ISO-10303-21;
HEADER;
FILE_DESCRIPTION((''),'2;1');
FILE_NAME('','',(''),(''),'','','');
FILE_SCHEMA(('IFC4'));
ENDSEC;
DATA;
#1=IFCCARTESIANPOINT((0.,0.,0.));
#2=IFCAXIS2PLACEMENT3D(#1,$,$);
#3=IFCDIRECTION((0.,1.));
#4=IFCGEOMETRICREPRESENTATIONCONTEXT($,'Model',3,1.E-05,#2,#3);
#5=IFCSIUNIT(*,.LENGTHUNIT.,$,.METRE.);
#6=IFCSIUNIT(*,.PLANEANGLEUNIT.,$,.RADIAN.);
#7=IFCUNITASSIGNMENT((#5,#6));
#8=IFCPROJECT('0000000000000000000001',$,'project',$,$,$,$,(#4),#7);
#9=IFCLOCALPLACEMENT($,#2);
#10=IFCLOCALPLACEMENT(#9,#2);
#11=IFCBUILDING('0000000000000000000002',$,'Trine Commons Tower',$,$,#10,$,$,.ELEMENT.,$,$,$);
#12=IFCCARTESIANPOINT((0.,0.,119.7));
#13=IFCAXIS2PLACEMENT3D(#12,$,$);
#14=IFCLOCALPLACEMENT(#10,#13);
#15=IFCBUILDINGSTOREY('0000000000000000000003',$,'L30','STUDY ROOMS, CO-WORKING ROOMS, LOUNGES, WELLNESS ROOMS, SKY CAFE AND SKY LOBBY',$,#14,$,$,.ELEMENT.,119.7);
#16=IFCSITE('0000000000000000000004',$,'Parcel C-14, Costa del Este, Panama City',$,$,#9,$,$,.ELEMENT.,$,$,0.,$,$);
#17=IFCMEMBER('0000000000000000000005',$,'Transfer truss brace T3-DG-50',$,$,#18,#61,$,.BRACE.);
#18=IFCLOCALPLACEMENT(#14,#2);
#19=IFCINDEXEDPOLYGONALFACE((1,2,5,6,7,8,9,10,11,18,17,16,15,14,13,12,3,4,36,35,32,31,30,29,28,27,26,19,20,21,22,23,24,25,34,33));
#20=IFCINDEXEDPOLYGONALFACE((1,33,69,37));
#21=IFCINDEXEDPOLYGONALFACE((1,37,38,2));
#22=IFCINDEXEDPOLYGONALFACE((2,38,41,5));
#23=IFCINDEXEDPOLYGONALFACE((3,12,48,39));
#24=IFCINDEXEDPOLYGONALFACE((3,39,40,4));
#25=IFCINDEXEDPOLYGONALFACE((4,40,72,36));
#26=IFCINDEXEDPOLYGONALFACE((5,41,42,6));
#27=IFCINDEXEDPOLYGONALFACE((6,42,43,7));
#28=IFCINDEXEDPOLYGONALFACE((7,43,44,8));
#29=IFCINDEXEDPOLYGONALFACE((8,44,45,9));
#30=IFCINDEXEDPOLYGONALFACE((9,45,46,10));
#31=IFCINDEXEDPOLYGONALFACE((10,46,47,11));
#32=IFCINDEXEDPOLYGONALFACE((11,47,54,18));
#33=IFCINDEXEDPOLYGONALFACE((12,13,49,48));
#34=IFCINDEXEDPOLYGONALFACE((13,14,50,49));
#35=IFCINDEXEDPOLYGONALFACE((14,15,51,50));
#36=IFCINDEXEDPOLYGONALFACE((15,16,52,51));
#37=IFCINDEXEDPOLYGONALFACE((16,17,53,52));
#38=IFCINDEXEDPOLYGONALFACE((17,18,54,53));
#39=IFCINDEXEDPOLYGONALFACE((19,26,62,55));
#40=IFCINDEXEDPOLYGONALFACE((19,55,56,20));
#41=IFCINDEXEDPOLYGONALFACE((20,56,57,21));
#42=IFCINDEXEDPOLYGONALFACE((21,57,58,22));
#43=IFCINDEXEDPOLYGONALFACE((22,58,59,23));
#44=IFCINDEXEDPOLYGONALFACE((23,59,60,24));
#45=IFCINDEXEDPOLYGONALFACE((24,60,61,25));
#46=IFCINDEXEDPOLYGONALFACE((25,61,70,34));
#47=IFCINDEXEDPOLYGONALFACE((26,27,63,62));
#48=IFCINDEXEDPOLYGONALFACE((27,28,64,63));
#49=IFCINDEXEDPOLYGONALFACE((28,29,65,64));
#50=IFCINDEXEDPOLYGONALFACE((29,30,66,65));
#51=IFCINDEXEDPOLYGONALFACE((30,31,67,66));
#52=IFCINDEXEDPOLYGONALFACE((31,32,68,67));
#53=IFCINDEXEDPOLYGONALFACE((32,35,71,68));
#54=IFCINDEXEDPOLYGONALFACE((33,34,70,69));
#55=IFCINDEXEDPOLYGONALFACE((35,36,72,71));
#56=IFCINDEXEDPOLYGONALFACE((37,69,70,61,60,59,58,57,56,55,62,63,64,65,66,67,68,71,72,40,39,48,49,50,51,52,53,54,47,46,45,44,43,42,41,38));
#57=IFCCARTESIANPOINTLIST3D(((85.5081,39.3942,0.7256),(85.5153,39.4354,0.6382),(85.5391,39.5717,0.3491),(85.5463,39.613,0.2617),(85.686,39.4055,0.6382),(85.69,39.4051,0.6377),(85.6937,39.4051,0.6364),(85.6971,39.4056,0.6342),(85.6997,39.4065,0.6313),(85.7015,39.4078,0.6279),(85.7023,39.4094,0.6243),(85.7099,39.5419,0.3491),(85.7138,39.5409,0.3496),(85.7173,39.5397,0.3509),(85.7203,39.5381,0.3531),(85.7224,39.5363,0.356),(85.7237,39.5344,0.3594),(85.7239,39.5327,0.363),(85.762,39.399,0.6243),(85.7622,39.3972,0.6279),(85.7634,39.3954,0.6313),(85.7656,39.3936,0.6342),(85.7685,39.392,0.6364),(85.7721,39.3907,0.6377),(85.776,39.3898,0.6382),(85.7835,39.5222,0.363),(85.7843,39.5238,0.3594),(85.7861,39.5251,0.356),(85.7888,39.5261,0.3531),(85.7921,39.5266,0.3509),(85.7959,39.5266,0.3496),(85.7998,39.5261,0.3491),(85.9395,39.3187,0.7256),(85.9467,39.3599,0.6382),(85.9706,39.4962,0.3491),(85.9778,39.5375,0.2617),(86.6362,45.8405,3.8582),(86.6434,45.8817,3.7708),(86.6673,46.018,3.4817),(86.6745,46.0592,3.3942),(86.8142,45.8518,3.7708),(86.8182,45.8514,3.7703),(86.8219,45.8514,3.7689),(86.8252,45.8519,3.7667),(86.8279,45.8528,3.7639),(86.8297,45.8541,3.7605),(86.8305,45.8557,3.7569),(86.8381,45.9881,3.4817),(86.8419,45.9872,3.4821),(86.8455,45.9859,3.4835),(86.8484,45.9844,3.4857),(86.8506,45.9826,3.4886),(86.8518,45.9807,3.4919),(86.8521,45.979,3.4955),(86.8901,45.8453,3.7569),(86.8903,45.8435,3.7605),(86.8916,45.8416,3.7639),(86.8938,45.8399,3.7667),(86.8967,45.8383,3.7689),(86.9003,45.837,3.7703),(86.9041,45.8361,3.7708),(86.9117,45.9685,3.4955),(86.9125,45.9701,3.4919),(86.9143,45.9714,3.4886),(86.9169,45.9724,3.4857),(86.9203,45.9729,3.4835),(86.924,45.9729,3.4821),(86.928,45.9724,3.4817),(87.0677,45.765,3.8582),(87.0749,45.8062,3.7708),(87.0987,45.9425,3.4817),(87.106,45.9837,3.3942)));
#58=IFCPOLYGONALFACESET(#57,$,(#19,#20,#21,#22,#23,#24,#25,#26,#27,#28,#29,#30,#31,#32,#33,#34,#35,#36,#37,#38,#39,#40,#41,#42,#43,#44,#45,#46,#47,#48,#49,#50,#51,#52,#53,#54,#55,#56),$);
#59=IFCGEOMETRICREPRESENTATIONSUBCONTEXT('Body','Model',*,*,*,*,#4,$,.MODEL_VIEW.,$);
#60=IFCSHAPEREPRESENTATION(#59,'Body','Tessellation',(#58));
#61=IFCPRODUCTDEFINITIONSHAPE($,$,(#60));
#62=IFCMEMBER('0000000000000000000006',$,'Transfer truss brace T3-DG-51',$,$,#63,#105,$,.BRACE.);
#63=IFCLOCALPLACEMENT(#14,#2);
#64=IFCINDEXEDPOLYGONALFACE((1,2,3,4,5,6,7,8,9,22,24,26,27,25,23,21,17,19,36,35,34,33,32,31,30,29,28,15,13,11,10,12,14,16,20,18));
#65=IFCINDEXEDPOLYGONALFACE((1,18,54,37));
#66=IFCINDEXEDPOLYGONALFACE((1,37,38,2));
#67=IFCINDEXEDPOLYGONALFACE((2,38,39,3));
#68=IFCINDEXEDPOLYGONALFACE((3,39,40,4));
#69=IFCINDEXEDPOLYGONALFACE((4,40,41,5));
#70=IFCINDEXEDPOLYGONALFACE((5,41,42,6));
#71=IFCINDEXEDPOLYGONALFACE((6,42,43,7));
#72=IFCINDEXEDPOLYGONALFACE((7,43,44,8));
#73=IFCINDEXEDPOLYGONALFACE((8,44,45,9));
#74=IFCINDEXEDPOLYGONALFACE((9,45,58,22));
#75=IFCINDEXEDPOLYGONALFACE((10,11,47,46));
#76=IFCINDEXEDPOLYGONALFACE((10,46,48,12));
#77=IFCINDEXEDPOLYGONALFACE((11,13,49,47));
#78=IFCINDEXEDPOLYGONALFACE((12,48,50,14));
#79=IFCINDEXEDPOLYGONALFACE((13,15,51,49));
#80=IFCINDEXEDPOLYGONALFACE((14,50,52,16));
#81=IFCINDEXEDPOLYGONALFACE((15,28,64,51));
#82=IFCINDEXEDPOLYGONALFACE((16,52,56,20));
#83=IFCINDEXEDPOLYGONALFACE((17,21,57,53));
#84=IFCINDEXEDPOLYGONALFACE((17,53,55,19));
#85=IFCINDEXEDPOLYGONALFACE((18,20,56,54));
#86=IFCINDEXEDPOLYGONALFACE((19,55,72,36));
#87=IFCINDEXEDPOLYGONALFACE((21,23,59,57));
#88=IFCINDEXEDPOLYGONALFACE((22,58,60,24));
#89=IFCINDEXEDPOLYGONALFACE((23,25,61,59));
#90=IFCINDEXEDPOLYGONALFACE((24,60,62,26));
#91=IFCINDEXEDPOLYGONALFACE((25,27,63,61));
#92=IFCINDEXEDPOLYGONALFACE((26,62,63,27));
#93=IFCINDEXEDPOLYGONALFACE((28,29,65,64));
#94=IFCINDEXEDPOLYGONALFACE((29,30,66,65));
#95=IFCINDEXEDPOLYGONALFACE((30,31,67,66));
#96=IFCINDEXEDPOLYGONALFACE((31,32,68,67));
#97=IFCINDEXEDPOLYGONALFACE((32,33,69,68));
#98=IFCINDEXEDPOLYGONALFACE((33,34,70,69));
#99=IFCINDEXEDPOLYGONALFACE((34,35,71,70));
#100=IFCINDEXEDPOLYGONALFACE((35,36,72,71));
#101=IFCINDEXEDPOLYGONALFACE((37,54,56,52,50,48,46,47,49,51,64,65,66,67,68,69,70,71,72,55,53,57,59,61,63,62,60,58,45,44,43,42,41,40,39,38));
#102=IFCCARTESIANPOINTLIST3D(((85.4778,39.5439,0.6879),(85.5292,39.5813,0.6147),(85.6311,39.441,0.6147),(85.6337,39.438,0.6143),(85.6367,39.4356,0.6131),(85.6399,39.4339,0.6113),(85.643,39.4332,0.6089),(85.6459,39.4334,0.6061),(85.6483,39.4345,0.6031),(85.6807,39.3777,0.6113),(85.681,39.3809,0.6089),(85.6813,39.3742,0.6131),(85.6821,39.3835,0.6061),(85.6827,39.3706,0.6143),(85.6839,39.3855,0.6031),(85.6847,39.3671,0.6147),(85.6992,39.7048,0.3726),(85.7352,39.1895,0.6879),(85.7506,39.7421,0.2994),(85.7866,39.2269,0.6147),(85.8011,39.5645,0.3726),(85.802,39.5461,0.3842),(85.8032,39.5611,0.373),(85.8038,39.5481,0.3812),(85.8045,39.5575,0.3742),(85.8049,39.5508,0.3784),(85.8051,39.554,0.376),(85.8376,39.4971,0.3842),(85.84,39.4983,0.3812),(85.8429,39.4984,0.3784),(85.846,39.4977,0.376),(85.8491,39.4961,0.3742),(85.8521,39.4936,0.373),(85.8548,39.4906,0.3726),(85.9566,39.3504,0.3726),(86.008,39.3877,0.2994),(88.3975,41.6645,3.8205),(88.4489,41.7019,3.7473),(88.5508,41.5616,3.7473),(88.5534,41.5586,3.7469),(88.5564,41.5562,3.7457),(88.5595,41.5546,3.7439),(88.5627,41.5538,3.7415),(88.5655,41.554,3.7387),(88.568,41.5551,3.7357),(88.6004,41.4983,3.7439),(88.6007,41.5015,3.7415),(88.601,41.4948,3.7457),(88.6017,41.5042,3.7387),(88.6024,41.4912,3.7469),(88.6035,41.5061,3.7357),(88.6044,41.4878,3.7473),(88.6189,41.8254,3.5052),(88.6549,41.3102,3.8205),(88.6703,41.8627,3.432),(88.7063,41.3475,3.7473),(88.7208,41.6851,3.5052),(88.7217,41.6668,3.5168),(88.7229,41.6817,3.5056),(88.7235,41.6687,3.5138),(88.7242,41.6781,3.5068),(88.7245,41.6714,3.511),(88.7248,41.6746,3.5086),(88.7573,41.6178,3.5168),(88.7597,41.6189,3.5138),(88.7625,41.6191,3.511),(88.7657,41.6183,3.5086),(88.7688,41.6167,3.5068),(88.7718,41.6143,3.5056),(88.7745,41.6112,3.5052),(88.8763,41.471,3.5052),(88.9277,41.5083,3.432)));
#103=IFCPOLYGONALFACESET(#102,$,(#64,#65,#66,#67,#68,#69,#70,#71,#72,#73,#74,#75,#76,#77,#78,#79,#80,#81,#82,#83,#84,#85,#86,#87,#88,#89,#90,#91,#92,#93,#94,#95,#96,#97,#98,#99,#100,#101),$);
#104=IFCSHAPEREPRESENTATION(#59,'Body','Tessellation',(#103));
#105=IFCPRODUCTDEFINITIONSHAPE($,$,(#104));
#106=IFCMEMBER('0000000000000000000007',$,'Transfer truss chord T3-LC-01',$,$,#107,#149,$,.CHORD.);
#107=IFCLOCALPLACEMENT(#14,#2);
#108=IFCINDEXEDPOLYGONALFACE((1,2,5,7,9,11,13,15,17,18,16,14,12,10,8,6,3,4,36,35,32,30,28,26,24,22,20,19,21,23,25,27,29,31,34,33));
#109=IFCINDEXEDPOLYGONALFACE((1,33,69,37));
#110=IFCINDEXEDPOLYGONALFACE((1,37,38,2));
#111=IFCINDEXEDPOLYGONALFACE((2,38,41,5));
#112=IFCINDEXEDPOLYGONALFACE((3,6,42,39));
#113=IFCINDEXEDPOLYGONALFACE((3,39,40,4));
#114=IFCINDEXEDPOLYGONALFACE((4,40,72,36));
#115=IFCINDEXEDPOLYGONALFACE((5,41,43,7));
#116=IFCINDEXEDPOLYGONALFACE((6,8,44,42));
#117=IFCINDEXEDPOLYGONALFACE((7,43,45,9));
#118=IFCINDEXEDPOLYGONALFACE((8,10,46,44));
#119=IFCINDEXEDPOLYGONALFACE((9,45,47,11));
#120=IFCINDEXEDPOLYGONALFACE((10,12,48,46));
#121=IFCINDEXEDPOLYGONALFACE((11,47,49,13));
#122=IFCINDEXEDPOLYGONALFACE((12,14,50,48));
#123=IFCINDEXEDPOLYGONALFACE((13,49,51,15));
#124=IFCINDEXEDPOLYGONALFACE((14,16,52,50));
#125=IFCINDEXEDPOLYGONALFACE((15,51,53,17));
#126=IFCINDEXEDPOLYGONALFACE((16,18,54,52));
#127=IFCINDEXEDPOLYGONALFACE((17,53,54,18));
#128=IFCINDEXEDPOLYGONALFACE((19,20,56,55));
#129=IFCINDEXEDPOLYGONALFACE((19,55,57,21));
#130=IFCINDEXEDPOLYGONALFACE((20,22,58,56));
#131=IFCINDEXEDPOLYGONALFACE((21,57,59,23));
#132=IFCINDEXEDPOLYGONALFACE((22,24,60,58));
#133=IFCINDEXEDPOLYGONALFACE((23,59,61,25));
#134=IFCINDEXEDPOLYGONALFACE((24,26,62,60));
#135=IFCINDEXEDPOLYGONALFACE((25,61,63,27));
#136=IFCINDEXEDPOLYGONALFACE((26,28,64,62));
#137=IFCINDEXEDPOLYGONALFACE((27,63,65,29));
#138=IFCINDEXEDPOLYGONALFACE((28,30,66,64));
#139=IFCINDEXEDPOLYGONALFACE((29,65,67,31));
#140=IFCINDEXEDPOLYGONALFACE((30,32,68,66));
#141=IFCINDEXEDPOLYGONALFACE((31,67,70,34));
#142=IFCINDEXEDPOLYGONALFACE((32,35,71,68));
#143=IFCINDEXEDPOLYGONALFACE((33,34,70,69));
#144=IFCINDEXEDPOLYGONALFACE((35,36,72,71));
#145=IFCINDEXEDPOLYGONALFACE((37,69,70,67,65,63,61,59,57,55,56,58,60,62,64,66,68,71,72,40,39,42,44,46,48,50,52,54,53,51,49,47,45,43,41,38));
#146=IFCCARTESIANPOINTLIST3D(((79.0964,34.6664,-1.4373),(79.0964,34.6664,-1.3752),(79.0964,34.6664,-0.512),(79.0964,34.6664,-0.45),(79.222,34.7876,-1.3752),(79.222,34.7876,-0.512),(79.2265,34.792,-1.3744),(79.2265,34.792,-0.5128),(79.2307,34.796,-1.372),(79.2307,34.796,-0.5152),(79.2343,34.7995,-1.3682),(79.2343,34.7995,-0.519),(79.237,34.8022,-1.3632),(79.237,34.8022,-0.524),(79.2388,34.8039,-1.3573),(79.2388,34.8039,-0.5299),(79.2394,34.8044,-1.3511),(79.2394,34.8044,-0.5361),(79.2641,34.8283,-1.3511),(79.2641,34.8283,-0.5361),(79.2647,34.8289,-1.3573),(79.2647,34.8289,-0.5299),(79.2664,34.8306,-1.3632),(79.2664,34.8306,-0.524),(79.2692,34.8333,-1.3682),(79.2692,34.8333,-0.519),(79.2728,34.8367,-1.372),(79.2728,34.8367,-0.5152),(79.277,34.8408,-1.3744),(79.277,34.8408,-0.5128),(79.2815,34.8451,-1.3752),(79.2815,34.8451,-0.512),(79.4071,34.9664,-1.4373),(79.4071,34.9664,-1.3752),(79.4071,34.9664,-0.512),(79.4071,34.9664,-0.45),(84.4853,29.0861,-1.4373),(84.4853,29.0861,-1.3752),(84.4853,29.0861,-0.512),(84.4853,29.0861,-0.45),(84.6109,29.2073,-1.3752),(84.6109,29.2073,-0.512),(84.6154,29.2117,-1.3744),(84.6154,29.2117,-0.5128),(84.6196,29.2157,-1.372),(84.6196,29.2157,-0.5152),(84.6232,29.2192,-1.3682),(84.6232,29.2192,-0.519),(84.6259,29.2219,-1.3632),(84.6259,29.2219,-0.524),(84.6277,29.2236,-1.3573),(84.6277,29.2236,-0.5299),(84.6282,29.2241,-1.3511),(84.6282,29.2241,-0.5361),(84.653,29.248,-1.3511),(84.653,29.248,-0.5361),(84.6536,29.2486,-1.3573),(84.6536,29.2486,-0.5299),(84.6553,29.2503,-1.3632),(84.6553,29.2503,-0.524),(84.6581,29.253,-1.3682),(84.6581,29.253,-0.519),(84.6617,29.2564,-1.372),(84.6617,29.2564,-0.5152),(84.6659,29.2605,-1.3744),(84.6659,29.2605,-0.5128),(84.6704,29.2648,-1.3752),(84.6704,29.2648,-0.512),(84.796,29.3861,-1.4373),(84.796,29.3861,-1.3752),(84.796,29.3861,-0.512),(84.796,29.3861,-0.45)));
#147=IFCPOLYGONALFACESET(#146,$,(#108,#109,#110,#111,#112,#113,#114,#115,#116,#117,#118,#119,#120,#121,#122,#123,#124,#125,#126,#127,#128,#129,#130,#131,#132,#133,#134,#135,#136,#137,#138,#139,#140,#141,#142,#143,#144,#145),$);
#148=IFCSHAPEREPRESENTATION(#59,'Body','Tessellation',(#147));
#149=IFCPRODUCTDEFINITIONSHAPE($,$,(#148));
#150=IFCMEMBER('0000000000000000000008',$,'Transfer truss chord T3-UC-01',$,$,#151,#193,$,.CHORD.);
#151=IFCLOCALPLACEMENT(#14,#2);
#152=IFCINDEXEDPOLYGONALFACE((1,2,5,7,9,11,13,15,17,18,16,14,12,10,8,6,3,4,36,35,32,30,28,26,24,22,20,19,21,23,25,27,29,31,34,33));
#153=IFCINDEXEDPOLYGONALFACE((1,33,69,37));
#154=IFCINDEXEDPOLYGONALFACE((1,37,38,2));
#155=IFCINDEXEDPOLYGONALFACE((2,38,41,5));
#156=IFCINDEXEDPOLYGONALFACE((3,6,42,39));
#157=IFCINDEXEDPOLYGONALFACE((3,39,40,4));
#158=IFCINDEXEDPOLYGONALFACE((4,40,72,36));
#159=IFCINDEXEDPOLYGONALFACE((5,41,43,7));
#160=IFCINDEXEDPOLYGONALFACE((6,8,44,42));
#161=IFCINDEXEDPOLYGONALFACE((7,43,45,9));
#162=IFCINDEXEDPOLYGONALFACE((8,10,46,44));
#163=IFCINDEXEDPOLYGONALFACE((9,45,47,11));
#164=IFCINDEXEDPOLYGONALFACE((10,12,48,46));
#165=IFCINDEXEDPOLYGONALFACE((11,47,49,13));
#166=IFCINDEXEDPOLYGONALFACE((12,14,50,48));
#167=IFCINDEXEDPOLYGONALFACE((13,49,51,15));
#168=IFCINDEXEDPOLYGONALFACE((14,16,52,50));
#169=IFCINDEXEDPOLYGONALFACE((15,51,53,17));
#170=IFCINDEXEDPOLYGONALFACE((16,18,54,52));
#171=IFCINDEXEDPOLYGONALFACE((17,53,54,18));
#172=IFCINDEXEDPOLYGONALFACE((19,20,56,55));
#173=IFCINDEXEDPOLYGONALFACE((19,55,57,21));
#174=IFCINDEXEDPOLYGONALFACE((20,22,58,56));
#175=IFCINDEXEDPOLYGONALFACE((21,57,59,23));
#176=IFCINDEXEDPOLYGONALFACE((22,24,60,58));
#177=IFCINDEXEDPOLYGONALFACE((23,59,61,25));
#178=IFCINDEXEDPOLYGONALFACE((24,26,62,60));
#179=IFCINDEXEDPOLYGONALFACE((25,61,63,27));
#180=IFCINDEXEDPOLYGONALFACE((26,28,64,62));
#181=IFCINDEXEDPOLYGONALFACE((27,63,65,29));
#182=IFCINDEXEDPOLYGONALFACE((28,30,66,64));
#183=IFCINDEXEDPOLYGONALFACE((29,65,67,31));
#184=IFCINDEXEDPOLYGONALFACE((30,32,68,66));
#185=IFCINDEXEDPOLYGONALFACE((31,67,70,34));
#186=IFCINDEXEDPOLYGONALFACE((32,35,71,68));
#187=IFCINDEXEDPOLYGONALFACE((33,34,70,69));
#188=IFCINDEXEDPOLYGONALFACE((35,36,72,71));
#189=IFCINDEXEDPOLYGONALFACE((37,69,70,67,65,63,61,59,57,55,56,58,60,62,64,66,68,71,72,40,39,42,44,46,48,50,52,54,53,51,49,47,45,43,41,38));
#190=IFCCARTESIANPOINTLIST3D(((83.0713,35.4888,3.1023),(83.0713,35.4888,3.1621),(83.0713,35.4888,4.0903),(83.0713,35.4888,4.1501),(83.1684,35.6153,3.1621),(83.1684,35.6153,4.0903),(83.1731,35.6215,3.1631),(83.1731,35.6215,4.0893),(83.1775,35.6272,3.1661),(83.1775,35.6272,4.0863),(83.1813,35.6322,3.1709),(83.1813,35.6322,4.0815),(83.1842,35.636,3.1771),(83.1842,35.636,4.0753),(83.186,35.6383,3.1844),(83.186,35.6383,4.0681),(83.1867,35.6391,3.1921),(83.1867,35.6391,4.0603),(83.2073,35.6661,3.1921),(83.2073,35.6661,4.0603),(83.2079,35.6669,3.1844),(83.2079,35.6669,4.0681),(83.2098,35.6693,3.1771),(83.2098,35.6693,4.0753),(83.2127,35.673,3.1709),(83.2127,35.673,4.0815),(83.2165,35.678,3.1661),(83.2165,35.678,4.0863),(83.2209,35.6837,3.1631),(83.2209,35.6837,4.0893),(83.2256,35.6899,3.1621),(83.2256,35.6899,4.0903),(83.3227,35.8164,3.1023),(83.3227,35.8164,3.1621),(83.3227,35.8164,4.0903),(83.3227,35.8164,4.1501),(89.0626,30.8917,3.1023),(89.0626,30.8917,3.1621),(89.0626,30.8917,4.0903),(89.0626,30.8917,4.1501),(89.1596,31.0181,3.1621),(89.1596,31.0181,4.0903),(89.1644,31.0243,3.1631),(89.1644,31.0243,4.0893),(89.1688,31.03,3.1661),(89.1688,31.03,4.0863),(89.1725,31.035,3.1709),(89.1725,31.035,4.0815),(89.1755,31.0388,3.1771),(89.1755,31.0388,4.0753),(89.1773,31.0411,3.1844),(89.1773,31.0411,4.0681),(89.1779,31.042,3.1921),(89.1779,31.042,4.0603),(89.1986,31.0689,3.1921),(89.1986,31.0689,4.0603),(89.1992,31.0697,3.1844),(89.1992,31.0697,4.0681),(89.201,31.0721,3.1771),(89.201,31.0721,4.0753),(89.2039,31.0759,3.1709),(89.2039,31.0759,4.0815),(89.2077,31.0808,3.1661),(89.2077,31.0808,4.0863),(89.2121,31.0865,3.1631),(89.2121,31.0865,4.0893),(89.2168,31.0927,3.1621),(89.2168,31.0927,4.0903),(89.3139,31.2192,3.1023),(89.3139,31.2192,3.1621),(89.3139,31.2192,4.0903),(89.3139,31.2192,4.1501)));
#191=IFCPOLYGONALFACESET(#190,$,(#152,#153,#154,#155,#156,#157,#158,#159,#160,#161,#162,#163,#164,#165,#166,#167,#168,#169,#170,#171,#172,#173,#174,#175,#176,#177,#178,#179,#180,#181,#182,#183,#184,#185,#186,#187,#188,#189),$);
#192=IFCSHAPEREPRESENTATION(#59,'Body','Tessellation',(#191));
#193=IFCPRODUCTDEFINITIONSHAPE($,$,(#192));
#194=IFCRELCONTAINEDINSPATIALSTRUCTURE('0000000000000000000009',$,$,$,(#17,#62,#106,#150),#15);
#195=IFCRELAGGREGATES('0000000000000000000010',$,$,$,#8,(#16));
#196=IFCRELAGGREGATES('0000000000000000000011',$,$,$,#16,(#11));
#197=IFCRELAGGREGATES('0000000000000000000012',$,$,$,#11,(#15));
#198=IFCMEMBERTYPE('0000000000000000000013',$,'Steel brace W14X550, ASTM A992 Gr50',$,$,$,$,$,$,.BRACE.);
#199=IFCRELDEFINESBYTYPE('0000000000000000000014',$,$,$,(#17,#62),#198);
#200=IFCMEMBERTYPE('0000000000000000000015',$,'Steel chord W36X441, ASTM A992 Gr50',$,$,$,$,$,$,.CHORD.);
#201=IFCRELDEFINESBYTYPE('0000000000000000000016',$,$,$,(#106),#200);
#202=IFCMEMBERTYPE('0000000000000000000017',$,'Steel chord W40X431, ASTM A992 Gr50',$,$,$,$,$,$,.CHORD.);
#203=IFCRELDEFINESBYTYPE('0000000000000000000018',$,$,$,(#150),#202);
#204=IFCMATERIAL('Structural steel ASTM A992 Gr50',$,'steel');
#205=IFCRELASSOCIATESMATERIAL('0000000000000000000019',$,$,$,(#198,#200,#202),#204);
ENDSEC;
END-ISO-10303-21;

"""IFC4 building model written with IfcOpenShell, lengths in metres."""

from ifc_helpers import new_model, si_unit, direction, frame, origin, origin_2d, place, context, subcontext, project, spatial, i_section, extrude, material, material_profile, profile_set, type_object, element, save


model = new_model("IFC4")

# Units and contexts
model_context = context("Model", 3, precision=1e-05, world=origin(), true_north=direction((0.0, 1.0)))
body_context = subcontext(model_context, "Body", "Model", "MODEL_VIEW")
ifc_project = project(units=[si_unit("LENGTHUNIT", "METRE"), si_unit("PLANEANGLEUNIT", "RADIAN")], contexts=[model_context])

# Site, building, storey
site_placement = place(None, origin())
site = spatial("IfcSite", under=ifc_project, at=site_placement, Name="Parcel C-14, Costa del Este, Panama City", CompositionType="ELEMENT", RefElevation=0.0)
building_placement = place(site_placement, origin())
building = spatial("IfcBuilding", under=site, at=building_placement, Name="Trine Commons Tower", CompositionType="ELEMENT")
storey_placement = place(building_placement, frame((0.0, 0.0, 119.7)))
storey = spatial("IfcBuildingStorey", under=building, at=storey_placement, Name="L30", Description="STUDY ROOMS, CO-WORKING ROOMS, LOUNGES, WELLNESS ROOMS, SKY CAFE AND SKY LOBBY", CompositionType="ELEMENT", Elevation=119.7)

# Shared definitions
ifc_material_1 = material(Name="Structural steel ASTM A992 Gr50", Category="steel")

# Members
ifc_material_profile_1 = material_profile(ifc_material_1, i_section(OverallWidth=0.438, OverallDepth=0.5144, WebThickness=0.0605, FlangeThickness=0.0969, FilletRadius=0.0154, at=origin_2d()), Name="W14X550")
ifc_profile_set_1 = profile_set([ifc_material_profile_1], Name="Structural steel ASTM A992 Gr50")
member_type_1 = type_object("IfcMemberType", Name="Steel brace W14X550, ASTM A992 Gr50", PredefinedType="BRACE", material=ifc_profile_set_1)
member_1_placement = place(storey_placement, frame((85.7429, 39.4658, 0.4937), z_axis=(0.155495, 0.888485, 0.431759), x_axis=(-0.985029, 0.172391, 0.0)))
element("IfcMember", 1, at=member_1_placement, inside=storey, type_object=member_type_1, Name="Transfer truss brace T3-DG-50", PredefinedType="BRACE", context=body_context, shape_type="SweptSolid", body=[
    extrude(i_section(OverallWidth=0.438, OverallDepth=0.5144, WebThickness=0.0605, FlangeThickness=0.0969, FilletRadius=0.0154, at=origin_2d()), origin(), (0.0, 0.0, 1.0), 7.2554),
])
member_2_placement = place(storey_placement, frame((85.7429, 39.4658, 0.4937), z_axis=(0.610998, 0.443777, 0.655549), x_axis=(-0.587665, 0.809105, 0.0)))
element("IfcMember", 2, at=member_2_placement, inside=storey, type_object=member_type_1, Name="Transfer truss brace T3-DG-51", PredefinedType="BRACE", context=body_context, shape_type="SweptSolid", body=[
    extrude(i_section(OverallWidth=0.438, OverallDepth=0.5144, WebThickness=0.0605, FlangeThickness=0.0969, FilletRadius=0.0154, at=origin_2d()), origin(), (0.0, 0.0, 1.0), 4.7786),
])
ifc_material_profile_2 = material_profile(ifc_material_1, i_section(OverallWidth=0.4319, OverallDepth=0.9873, WebThickness=0.0344, FlangeThickness=0.062, FilletRadius=0.0242, at=origin_2d()), Name="W36X441")
ifc_profile_set_2 = profile_set([ifc_material_profile_2], Name="Structural steel ASTM A992 Gr50")
member_type_2 = type_object("IfcMemberType", Name="Steel chord W36X441, ASTM A992 Gr50", PredefinedType="CHORD", material=ifc_profile_set_2)
member_3_placement = place(storey_placement, frame((84.6406, 29.2361, -0.9436), z_axis=(-0.694662, 0.719336, 0.0), x_axis=(-0.719336, -0.694662, 0.0)))
element("IfcMember", 3, at=member_3_placement, inside=storey, type_object=member_type_2, Name="Transfer truss chord T3-LC-01", PredefinedType="CHORD", context=body_context, shape_type="SweptSolid", body=[
    extrude(i_section(OverallWidth=0.4319, OverallDepth=0.9873, WebThickness=0.0344, FlangeThickness=0.062, FilletRadius=0.0242, at=origin_2d()), origin(), (0.0, 0.0, 1.0), 7.7576),
])
ifc_material_profile_3 = material_profile(ifc_material_1, i_section(OverallWidth=0.4128, OverallDepth=1.0479, WebThickness=0.0339, FlangeThickness=0.0598, FilletRadius=0.03, at=origin_2d()), Name="W40X431")
ifc_profile_set_3 = profile_set([ifc_material_profile_3], Name="Structural steel ASTM A992 Gr50")
member_type_3 = type_object("IfcMemberType", Name="Steel chord W40X431, ASTM A992 Gr50", PredefinedType="CHORD", material=ifc_profile_set_3)
member_4_placement = place(storey_placement, frame((89.1882, 31.0554, 3.6262), z_axis=(-0.793357, 0.608757, 0.0), x_axis=(-0.608757, -0.793357, 0.0)))
element("IfcMember", 4, at=member_4_placement, inside=storey, type_object=member_type_3, Name="Transfer truss chord T3-UC-01", PredefinedType="CHORD", context=body_context, shape_type="SweptSolid", body=[
    extrude(i_section(OverallWidth=0.4128, OverallDepth=1.0479, WebThickness=0.0339, FlangeThickness=0.0598, FilletRadius=0.03, at=origin_2d()), origin(), (0.0, 0.0, 1.0), 7.5518),
])

save(model, "model.ifc")
